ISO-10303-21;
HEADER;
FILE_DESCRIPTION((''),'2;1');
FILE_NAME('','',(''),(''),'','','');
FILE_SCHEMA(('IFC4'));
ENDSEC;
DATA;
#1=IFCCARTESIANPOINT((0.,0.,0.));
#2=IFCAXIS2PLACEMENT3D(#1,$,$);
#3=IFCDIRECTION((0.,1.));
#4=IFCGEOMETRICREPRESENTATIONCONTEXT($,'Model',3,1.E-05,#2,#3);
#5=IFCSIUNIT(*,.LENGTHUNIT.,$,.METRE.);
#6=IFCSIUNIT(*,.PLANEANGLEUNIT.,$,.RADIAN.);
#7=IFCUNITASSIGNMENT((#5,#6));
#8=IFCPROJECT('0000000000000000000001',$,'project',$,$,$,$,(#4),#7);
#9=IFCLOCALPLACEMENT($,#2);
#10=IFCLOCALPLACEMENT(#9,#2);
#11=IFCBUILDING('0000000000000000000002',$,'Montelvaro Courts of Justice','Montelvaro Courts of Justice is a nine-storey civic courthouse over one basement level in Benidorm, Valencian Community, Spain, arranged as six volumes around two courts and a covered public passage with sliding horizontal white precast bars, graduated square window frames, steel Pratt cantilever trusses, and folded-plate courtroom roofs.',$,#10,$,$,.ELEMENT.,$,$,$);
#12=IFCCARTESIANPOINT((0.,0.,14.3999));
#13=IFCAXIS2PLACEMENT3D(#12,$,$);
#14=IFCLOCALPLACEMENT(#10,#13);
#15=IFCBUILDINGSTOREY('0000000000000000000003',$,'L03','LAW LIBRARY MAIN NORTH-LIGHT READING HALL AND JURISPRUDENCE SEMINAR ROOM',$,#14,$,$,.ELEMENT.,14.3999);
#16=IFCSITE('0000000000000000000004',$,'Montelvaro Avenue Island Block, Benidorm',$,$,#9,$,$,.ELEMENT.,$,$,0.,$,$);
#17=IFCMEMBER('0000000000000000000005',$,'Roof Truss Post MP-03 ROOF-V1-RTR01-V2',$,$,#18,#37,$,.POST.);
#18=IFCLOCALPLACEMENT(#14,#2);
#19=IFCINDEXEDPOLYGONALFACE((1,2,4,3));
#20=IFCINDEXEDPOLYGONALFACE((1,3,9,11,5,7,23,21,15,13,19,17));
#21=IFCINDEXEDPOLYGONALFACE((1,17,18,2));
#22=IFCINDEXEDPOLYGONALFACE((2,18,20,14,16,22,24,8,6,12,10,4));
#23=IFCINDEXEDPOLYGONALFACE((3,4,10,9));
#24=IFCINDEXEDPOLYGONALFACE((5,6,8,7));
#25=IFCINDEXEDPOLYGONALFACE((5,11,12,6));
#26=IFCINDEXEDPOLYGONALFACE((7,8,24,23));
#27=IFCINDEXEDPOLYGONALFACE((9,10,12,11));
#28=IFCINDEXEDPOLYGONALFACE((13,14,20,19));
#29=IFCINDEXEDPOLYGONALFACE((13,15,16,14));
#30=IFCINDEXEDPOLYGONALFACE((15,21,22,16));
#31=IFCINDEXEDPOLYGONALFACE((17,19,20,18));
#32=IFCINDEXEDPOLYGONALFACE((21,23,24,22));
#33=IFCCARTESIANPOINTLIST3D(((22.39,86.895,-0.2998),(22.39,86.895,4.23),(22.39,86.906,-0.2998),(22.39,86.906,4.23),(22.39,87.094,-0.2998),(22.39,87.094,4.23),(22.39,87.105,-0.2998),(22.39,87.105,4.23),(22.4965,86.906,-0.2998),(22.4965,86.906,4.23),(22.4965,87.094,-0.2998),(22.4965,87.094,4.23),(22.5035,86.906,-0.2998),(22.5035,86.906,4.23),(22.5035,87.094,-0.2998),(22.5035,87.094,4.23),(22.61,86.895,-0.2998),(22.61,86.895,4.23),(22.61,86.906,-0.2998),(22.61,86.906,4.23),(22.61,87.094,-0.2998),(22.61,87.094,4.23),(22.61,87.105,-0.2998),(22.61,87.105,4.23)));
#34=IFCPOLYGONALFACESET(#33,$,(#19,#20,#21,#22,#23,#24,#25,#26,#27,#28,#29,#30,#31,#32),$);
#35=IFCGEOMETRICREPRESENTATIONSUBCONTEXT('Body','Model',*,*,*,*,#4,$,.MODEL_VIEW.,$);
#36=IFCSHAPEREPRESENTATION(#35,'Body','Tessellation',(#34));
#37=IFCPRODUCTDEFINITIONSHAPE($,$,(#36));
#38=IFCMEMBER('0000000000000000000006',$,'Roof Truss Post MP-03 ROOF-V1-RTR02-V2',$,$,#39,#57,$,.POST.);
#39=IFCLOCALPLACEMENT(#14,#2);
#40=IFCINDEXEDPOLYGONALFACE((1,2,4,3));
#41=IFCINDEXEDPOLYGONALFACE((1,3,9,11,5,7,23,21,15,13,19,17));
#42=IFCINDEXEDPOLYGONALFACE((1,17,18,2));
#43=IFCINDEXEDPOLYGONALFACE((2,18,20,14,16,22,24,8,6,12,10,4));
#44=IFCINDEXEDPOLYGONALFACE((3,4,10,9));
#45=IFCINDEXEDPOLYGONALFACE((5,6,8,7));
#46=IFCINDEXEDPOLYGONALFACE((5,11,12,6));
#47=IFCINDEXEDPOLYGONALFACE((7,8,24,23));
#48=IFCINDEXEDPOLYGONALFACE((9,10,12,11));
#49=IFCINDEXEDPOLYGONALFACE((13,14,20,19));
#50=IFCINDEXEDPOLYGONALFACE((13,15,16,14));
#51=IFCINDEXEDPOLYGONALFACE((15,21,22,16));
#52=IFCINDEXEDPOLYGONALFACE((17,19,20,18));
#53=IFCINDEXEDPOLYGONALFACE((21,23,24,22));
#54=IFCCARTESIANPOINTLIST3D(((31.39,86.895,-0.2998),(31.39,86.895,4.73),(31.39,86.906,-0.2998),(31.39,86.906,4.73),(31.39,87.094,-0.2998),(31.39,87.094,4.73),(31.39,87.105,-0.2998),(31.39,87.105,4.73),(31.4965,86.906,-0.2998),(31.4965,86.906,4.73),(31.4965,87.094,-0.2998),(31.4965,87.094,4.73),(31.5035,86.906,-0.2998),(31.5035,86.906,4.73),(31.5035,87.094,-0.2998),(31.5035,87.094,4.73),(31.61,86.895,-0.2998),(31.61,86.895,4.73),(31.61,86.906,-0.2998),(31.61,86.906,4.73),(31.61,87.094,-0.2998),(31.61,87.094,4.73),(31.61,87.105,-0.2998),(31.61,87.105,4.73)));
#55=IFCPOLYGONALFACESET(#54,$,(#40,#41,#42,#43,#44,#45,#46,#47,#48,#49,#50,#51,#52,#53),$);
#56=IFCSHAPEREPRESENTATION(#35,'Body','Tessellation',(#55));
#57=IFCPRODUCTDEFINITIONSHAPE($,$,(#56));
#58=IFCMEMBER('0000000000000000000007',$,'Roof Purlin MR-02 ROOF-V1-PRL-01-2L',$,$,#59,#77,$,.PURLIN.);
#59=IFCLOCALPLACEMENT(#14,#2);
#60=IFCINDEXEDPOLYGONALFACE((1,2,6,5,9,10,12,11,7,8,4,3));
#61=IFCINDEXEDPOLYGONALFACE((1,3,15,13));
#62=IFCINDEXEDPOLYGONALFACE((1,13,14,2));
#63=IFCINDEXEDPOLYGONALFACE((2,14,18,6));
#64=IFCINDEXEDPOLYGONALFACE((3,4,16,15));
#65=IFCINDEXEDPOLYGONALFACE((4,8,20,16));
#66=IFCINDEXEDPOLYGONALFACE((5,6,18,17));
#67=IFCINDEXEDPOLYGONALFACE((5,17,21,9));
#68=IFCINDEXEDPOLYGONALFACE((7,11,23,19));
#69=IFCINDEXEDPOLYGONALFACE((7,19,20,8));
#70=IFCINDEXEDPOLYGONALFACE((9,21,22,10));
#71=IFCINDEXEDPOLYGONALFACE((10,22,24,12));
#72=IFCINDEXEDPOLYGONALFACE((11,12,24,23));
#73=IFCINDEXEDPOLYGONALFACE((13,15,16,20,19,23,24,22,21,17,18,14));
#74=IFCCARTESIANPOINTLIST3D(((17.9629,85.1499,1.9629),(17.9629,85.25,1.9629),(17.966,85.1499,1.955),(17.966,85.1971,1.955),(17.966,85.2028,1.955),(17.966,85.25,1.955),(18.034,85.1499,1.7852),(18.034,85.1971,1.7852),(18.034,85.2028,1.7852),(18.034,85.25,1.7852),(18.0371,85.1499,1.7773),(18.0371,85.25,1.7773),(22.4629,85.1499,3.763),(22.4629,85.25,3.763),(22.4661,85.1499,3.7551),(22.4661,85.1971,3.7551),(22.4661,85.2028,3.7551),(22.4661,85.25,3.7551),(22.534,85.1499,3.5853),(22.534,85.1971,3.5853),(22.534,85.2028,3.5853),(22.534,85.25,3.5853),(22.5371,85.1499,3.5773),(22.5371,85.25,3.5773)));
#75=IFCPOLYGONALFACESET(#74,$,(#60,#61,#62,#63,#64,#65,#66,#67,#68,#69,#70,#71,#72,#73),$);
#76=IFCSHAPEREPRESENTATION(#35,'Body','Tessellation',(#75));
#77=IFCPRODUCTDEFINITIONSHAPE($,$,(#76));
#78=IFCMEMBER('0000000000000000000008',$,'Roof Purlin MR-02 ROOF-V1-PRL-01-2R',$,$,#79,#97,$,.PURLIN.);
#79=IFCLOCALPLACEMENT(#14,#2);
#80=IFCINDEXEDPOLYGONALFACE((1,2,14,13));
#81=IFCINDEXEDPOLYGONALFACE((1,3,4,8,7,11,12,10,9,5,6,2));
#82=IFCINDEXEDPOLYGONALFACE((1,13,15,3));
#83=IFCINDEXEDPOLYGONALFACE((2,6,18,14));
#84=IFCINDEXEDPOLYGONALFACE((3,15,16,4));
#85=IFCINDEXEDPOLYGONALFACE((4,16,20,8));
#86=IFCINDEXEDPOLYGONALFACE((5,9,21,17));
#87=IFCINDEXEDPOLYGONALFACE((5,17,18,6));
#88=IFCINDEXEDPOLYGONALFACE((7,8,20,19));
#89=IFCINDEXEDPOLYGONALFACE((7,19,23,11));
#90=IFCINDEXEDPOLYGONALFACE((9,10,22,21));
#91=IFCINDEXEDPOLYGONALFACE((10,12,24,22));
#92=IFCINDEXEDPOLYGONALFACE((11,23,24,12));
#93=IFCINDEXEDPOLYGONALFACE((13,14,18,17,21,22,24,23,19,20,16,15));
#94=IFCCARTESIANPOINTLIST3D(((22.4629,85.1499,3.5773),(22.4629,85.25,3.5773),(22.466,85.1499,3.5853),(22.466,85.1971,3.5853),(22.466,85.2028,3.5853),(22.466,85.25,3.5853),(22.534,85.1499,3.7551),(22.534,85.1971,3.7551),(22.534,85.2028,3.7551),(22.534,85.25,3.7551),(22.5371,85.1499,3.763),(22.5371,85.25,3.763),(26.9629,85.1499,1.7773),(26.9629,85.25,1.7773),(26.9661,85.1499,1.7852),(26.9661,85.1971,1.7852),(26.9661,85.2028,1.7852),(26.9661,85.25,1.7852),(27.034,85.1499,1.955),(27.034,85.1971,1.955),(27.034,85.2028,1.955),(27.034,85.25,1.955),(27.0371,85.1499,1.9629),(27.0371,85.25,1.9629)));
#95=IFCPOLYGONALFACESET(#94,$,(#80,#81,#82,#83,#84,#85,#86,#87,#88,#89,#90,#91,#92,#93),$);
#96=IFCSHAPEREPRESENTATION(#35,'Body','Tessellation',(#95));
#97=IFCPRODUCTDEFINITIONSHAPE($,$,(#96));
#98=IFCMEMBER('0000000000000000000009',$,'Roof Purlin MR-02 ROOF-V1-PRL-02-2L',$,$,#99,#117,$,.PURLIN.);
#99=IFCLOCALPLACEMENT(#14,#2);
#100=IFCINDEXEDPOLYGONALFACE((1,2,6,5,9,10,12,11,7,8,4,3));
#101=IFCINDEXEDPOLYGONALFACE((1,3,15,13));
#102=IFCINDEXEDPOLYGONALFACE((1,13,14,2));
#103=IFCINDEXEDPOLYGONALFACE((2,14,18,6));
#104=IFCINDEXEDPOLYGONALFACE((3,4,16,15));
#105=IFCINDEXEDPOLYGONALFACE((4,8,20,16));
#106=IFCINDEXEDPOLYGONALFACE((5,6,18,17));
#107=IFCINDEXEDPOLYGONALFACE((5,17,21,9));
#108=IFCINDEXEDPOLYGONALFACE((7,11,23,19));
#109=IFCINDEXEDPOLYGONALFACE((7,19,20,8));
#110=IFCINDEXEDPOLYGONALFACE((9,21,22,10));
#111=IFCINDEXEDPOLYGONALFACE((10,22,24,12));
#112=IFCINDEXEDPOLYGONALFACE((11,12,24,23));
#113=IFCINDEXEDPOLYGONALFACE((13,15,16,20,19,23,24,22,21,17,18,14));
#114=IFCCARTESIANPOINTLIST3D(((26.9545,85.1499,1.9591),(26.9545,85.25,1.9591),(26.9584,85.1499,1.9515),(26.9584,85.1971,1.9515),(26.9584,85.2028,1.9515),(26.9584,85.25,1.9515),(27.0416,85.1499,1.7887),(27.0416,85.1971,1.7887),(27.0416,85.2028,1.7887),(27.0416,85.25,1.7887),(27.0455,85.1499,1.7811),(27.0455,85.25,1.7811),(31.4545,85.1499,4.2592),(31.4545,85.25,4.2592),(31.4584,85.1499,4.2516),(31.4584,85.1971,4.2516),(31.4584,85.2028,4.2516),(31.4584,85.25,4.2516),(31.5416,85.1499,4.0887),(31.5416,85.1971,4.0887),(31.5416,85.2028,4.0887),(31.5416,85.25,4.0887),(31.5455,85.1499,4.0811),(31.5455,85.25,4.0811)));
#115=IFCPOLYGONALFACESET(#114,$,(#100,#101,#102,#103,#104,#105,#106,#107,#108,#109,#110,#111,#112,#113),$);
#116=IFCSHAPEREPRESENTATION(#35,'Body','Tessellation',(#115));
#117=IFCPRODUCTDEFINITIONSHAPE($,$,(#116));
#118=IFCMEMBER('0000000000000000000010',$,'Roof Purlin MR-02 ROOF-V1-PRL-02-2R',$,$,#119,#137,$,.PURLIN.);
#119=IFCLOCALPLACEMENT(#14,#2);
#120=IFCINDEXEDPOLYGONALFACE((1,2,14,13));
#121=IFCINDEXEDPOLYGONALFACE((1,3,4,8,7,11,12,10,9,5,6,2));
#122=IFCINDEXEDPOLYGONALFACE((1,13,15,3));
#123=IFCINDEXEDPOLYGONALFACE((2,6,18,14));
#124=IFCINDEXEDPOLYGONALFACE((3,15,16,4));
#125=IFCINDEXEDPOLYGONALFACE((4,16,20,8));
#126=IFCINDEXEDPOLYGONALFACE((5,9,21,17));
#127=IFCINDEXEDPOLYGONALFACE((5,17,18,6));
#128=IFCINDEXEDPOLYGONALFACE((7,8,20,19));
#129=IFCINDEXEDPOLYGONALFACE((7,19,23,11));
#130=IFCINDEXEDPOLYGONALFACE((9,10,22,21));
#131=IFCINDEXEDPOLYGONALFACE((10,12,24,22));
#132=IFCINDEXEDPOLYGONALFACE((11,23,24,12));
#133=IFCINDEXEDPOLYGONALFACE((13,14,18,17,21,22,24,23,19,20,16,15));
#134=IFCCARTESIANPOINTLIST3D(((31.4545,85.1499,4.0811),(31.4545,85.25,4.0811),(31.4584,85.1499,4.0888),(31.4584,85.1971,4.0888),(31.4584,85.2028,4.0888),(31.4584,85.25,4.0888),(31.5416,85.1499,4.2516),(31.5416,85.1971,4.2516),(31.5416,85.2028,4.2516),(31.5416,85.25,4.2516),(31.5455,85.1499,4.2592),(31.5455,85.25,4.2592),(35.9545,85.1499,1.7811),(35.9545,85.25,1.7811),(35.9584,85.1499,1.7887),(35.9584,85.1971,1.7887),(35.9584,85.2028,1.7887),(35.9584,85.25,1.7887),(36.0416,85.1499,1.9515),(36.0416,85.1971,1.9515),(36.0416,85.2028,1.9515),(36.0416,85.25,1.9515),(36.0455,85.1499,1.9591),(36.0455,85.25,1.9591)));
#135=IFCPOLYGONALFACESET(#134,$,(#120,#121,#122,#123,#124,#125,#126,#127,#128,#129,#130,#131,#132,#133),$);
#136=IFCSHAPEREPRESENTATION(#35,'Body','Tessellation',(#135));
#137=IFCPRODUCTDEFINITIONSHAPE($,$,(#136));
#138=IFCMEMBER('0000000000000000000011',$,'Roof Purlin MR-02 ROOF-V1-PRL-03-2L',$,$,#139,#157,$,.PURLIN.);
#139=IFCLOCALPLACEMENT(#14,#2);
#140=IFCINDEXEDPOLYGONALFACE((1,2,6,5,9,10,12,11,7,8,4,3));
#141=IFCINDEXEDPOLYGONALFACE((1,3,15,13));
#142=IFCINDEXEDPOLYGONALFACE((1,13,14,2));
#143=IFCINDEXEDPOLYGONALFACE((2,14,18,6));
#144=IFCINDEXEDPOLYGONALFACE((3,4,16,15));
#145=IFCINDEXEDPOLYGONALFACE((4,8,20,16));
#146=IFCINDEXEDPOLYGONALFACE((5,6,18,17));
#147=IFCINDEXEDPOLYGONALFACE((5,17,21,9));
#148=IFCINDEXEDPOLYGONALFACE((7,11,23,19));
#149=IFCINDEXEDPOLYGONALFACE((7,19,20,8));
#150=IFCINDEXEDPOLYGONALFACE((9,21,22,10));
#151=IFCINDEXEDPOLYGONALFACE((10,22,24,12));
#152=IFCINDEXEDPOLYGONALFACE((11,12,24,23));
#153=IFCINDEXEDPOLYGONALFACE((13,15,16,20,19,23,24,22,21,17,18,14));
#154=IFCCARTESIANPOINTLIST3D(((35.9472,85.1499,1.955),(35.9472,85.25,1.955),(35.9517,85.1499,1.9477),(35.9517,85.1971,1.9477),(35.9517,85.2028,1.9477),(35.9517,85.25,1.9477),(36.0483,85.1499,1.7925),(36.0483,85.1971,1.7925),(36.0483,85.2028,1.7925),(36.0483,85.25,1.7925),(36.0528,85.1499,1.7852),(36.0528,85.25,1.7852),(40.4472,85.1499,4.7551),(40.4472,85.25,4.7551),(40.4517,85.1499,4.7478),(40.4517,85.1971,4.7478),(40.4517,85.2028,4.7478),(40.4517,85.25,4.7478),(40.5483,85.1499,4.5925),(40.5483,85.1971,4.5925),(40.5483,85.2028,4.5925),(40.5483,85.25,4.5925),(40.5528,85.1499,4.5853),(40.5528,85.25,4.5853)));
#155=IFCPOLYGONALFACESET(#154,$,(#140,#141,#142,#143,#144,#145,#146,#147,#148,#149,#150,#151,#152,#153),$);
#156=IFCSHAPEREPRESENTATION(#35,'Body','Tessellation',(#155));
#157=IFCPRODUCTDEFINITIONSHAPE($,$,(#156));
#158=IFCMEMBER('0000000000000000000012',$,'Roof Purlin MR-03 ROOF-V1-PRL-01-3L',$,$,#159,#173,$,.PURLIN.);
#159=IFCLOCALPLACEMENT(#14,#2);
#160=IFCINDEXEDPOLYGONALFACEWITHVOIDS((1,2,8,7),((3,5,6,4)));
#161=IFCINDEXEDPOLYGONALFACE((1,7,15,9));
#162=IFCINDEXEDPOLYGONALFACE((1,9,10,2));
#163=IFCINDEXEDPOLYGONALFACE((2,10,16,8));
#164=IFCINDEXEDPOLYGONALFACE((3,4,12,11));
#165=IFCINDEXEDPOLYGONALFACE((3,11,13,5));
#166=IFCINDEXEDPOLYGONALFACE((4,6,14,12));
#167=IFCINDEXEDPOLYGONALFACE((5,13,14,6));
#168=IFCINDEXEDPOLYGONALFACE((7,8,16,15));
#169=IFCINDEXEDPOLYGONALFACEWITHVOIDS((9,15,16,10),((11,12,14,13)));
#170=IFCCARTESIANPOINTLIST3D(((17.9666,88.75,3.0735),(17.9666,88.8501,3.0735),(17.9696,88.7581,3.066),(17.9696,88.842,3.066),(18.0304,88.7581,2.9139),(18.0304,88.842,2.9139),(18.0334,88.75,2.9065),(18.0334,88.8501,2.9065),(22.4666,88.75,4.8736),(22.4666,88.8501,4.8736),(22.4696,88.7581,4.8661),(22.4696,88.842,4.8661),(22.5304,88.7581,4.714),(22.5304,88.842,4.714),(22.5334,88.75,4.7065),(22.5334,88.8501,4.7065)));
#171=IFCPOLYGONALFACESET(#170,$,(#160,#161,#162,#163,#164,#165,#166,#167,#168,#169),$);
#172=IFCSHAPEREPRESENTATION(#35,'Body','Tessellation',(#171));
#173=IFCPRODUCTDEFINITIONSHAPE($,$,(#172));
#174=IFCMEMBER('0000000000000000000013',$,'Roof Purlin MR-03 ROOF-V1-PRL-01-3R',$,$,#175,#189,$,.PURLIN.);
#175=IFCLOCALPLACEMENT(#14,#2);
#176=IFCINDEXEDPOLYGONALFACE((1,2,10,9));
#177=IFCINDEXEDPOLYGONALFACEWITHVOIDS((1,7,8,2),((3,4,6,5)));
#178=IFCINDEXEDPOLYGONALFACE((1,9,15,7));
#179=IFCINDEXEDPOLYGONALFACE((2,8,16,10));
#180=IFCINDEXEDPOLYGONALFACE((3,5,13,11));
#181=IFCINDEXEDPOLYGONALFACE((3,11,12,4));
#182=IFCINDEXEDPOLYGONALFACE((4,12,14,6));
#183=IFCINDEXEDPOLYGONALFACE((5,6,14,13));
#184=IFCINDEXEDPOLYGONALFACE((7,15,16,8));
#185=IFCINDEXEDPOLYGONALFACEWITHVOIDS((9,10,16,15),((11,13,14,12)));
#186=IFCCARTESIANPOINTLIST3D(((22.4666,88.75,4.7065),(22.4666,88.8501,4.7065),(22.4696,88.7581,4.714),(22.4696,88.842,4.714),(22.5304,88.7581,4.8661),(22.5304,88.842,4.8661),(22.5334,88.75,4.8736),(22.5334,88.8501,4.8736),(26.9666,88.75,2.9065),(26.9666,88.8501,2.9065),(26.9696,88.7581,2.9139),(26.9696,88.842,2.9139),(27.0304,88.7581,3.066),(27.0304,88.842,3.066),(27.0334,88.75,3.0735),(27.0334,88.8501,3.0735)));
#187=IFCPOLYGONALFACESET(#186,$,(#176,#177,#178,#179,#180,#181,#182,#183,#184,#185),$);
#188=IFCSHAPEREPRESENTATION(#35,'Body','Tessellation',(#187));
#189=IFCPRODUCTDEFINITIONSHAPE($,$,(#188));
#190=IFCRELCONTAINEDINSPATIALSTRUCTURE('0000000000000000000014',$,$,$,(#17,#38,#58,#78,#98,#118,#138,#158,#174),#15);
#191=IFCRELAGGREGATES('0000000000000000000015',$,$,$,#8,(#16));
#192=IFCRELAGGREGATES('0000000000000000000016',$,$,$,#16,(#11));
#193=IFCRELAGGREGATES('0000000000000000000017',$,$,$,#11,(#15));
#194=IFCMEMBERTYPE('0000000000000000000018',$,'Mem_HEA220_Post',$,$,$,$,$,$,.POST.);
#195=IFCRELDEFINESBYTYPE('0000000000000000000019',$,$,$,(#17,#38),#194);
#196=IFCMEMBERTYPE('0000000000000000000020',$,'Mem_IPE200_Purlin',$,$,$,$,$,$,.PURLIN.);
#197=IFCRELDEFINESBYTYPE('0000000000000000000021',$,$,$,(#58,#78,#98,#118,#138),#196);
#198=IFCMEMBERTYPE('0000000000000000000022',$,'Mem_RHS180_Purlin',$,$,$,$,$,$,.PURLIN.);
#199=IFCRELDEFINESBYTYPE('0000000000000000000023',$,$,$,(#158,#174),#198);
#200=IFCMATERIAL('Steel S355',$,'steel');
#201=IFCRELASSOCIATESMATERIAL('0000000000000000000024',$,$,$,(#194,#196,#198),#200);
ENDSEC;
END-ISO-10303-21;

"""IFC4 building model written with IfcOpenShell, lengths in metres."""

from ifc_helpers import new_model, si_unit, direction, frame, origin, origin_2d, place, context, subcontext, project, spatial, hollow_rectangle, i_section, extrude, material, material_profile, profile_set, type_object, element, save


model = new_model("IFC4")

# Units and contexts
model_context = context("Model", 3, precision=1e-05, world=origin(), true_north=direction((0.0, 1.0)))
body_context = subcontext(model_context, "Body", "Model", "MODEL_VIEW")
ifc_project = project(units=[si_unit("LENGTHUNIT", "METRE"), si_unit("PLANEANGLEUNIT", "RADIAN")], contexts=[model_context])

# Site, building, storey
site_placement = place(None, origin())
site = spatial("IfcSite", under=ifc_project, at=site_placement, Name="Montelvaro Avenue Island Block, Benidorm", CompositionType="ELEMENT", RefElevation=0.0)
building_placement = place(site_placement, origin())
building = spatial("IfcBuilding", under=site, at=building_placement, Name="Montelvaro Courts of Justice", Description="Montelvaro Courts of Justice is a nine-storey civic courthouse over one basement level in Benidorm, Valencian Community, Spain, arranged as six volumes around two courts and a covered public passage with sliding horizontal white precast bars, graduated square window frames, steel Pratt cantilever trusses, and folded-plate courtroom roofs.", CompositionType="ELEMENT")
storey_placement = place(building_placement, frame((0.0, 0.0, 14.3999)))
storey = spatial("IfcBuildingStorey", under=building, at=storey_placement, Name="L03", Description="LAW LIBRARY MAIN NORTH-LIGHT READING HALL AND JURISPRUDENCE SEMINAR ROOM", CompositionType="ELEMENT", Elevation=14.3999)

# Members
ifc_material = material(Name="Steel S355", Category="steel")
ifc_material_profile_1 = material_profile(ifc_material, i_section(OverallWidth=0.22, OverallDepth=0.21, WebThickness=0.0071, FlangeThickness=0.011, at=origin_2d()), Name="HEA 220")
ifc_profile_set_1 = profile_set([ifc_material_profile_1], Name="Steel S355")
member_type_1 = type_object("IfcMemberType", Name="Mem_HEA220_Post", PredefinedType="POST", material=ifc_profile_set_1)
member_1_placement = place(storey_placement, frame((22.5, 87.0, -0.2998), z_axis=(0.0, 0.0, 1.0), x_axis=(1.0, 0.0, 0.0)))
element("IfcMember", 1, at=member_1_placement, inside=storey, type_object=member_type_1, Name="Roof Truss Post MP-03 ROOF-V1-RTR01-V2", PredefinedType="POST", context=body_context, shape_type="SweptSolid", body=[
    extrude(i_section(OverallWidth=0.22, OverallDepth=0.21, WebThickness=0.0071, FlangeThickness=0.011, at=origin_2d()), origin(), (0.0, 0.0, 1.0), 4.5298),
])
member_2_placement = place(storey_placement, frame((31.5, 87.0, -0.2998), z_axis=(0.0, 0.0, 1.0), x_axis=(1.0, 0.0, 0.0)))
element("IfcMember", 2, at=member_2_placement, inside=storey, type_object=member_type_1, Name="Roof Truss Post MP-03 ROOF-V1-RTR02-V2", PredefinedType="POST", context=body_context, shape_type="SweptSolid", body=[
    extrude(i_section(OverallWidth=0.22, OverallDepth=0.21, WebThickness=0.0071, FlangeThickness=0.011, at=origin_2d()), origin(), (0.0, 0.0, 1.0), 5.0298),
])
ifc_material_profile_2 = material_profile(ifc_material, i_section(OverallWidth=0.1001, OverallDepth=0.2, WebThickness=0.0056, FlangeThickness=0.0085, at=origin_2d()), Name="IPE 200")
ifc_profile_set_2 = profile_set([ifc_material_profile_2], Name="Steel S355")
member_type_2 = type_object("IfcMemberType", Name="Mem_IPE200_Purlin", PredefinedType="PURLIN", material=ifc_profile_set_2)
for number, where, z_axis, x_axis, name in (
    (3, (18.0, 85.2, 1.8701), (0.928473, 0.0, 0.371399), (0.0, 1.0, 0.0), "Roof Purlin MR-02 ROOF-V1-PRL-01-2L"),
    (4, (22.5, 85.2, 3.6702), (0.928473, 0.0, -0.371399), (0.0, 1.0, 0.0), "Roof Purlin MR-02 ROOF-V1-PRL-01-2R"),
):
    element("IfcMember", number, at=place(storey_placement, frame(where, z_axis=z_axis, x_axis=x_axis)), inside=storey, type_object=member_type_2, Name=name, PredefinedType="PURLIN", context=body_context, shape_type="SweptSolid", body=[
        extrude(i_section(OverallWidth=0.1001, OverallDepth=0.2, WebThickness=0.0056, FlangeThickness=0.0085, at=origin_2d()), origin(), (0.0, 0.0, 1.0), 4.8467),
    ])
for number, where, z_axis, x_axis, name in (
    (5, (27.0, 85.2, 1.8701), (0.890431, 0.0, 0.455119), (0.0, 1.0, 0.0), "Roof Purlin MR-02 ROOF-V1-PRL-02-2L"),
    (6, (31.5, 85.2, 4.1702), (0.890431, 0.0, -0.455119), (0.0, 1.0, 0.0), "Roof Purlin MR-02 ROOF-V1-PRL-02-2R"),
):
    element("IfcMember", number, at=place(storey_placement, frame(where, z_axis=z_axis, x_axis=x_axis)), inside=storey, type_object=member_type_2, Name=name, PredefinedType="PURLIN", context=body_context, shape_type="SweptSolid", body=[
        extrude(i_section(OverallWidth=0.1001, OverallDepth=0.2, WebThickness=0.0056, FlangeThickness=0.0085, at=origin_2d()), origin(), (0.0, 0.0, 1.0), 5.0537),
    ])
member_3_placement = place(storey_placement, frame((36.0, 85.2, 1.8701), z_axis=(0.849052, 0.0, 0.528309), x_axis=(0.0, 1.0, 0.0)))
element("IfcMember", 7, at=member_3_placement, inside=storey, type_object=member_type_2, Name="Roof Purlin MR-02 ROOF-V1-PRL-03-2L", PredefinedType="PURLIN", context=body_context, shape_type="SweptSolid", body=[
    extrude(i_section(OverallWidth=0.1001, OverallDepth=0.2, WebThickness=0.0056, FlangeThickness=0.0085, at=origin_2d()), origin(), (0.0, 0.0, 1.0), 5.3),
])
ifc_material_profile_3 = material_profile(ifc_material, hollow_rectangle(XDim=0.1001, YDim=0.1799, WallThickness=0.0081, at=origin_2d()), Name="RHS 180x100x8")
ifc_profile_set_3 = profile_set([ifc_material_profile_3], Name="Steel S355")
member_type_3 = type_object("IfcMemberType", Name="Mem_RHS180_Purlin", PredefinedType="PURLIN", material=ifc_profile_set_3)
for number, where, z_axis, x_axis, name in (
    (8, (18.0, 88.8, 2.99), (0.928473, 0.0, 0.371399), (0.0, 1.0, 0.0), "Roof Purlin MR-03 ROOF-V1-PRL-01-3L"),
    (9, (22.5, 88.8, 4.79), (0.928473, 0.0, -0.371399), (0.0, 1.0, 0.0), "Roof Purlin MR-03 ROOF-V1-PRL-01-3R"),
):
    element("IfcMember", number, at=place(storey_placement, frame(where, z_axis=z_axis, x_axis=x_axis)), inside=storey, type_object=member_type_3, Name=name, PredefinedType="PURLIN", context=body_context, shape_type="SweptSolid", body=[
        extrude(hollow_rectangle(XDim=0.1001, YDim=0.1799, WallThickness=0.0081, at=origin_2d()), origin(), (0.0, 0.0, 1.0), 4.8467),
    ])

save(model, "model.ifc")
